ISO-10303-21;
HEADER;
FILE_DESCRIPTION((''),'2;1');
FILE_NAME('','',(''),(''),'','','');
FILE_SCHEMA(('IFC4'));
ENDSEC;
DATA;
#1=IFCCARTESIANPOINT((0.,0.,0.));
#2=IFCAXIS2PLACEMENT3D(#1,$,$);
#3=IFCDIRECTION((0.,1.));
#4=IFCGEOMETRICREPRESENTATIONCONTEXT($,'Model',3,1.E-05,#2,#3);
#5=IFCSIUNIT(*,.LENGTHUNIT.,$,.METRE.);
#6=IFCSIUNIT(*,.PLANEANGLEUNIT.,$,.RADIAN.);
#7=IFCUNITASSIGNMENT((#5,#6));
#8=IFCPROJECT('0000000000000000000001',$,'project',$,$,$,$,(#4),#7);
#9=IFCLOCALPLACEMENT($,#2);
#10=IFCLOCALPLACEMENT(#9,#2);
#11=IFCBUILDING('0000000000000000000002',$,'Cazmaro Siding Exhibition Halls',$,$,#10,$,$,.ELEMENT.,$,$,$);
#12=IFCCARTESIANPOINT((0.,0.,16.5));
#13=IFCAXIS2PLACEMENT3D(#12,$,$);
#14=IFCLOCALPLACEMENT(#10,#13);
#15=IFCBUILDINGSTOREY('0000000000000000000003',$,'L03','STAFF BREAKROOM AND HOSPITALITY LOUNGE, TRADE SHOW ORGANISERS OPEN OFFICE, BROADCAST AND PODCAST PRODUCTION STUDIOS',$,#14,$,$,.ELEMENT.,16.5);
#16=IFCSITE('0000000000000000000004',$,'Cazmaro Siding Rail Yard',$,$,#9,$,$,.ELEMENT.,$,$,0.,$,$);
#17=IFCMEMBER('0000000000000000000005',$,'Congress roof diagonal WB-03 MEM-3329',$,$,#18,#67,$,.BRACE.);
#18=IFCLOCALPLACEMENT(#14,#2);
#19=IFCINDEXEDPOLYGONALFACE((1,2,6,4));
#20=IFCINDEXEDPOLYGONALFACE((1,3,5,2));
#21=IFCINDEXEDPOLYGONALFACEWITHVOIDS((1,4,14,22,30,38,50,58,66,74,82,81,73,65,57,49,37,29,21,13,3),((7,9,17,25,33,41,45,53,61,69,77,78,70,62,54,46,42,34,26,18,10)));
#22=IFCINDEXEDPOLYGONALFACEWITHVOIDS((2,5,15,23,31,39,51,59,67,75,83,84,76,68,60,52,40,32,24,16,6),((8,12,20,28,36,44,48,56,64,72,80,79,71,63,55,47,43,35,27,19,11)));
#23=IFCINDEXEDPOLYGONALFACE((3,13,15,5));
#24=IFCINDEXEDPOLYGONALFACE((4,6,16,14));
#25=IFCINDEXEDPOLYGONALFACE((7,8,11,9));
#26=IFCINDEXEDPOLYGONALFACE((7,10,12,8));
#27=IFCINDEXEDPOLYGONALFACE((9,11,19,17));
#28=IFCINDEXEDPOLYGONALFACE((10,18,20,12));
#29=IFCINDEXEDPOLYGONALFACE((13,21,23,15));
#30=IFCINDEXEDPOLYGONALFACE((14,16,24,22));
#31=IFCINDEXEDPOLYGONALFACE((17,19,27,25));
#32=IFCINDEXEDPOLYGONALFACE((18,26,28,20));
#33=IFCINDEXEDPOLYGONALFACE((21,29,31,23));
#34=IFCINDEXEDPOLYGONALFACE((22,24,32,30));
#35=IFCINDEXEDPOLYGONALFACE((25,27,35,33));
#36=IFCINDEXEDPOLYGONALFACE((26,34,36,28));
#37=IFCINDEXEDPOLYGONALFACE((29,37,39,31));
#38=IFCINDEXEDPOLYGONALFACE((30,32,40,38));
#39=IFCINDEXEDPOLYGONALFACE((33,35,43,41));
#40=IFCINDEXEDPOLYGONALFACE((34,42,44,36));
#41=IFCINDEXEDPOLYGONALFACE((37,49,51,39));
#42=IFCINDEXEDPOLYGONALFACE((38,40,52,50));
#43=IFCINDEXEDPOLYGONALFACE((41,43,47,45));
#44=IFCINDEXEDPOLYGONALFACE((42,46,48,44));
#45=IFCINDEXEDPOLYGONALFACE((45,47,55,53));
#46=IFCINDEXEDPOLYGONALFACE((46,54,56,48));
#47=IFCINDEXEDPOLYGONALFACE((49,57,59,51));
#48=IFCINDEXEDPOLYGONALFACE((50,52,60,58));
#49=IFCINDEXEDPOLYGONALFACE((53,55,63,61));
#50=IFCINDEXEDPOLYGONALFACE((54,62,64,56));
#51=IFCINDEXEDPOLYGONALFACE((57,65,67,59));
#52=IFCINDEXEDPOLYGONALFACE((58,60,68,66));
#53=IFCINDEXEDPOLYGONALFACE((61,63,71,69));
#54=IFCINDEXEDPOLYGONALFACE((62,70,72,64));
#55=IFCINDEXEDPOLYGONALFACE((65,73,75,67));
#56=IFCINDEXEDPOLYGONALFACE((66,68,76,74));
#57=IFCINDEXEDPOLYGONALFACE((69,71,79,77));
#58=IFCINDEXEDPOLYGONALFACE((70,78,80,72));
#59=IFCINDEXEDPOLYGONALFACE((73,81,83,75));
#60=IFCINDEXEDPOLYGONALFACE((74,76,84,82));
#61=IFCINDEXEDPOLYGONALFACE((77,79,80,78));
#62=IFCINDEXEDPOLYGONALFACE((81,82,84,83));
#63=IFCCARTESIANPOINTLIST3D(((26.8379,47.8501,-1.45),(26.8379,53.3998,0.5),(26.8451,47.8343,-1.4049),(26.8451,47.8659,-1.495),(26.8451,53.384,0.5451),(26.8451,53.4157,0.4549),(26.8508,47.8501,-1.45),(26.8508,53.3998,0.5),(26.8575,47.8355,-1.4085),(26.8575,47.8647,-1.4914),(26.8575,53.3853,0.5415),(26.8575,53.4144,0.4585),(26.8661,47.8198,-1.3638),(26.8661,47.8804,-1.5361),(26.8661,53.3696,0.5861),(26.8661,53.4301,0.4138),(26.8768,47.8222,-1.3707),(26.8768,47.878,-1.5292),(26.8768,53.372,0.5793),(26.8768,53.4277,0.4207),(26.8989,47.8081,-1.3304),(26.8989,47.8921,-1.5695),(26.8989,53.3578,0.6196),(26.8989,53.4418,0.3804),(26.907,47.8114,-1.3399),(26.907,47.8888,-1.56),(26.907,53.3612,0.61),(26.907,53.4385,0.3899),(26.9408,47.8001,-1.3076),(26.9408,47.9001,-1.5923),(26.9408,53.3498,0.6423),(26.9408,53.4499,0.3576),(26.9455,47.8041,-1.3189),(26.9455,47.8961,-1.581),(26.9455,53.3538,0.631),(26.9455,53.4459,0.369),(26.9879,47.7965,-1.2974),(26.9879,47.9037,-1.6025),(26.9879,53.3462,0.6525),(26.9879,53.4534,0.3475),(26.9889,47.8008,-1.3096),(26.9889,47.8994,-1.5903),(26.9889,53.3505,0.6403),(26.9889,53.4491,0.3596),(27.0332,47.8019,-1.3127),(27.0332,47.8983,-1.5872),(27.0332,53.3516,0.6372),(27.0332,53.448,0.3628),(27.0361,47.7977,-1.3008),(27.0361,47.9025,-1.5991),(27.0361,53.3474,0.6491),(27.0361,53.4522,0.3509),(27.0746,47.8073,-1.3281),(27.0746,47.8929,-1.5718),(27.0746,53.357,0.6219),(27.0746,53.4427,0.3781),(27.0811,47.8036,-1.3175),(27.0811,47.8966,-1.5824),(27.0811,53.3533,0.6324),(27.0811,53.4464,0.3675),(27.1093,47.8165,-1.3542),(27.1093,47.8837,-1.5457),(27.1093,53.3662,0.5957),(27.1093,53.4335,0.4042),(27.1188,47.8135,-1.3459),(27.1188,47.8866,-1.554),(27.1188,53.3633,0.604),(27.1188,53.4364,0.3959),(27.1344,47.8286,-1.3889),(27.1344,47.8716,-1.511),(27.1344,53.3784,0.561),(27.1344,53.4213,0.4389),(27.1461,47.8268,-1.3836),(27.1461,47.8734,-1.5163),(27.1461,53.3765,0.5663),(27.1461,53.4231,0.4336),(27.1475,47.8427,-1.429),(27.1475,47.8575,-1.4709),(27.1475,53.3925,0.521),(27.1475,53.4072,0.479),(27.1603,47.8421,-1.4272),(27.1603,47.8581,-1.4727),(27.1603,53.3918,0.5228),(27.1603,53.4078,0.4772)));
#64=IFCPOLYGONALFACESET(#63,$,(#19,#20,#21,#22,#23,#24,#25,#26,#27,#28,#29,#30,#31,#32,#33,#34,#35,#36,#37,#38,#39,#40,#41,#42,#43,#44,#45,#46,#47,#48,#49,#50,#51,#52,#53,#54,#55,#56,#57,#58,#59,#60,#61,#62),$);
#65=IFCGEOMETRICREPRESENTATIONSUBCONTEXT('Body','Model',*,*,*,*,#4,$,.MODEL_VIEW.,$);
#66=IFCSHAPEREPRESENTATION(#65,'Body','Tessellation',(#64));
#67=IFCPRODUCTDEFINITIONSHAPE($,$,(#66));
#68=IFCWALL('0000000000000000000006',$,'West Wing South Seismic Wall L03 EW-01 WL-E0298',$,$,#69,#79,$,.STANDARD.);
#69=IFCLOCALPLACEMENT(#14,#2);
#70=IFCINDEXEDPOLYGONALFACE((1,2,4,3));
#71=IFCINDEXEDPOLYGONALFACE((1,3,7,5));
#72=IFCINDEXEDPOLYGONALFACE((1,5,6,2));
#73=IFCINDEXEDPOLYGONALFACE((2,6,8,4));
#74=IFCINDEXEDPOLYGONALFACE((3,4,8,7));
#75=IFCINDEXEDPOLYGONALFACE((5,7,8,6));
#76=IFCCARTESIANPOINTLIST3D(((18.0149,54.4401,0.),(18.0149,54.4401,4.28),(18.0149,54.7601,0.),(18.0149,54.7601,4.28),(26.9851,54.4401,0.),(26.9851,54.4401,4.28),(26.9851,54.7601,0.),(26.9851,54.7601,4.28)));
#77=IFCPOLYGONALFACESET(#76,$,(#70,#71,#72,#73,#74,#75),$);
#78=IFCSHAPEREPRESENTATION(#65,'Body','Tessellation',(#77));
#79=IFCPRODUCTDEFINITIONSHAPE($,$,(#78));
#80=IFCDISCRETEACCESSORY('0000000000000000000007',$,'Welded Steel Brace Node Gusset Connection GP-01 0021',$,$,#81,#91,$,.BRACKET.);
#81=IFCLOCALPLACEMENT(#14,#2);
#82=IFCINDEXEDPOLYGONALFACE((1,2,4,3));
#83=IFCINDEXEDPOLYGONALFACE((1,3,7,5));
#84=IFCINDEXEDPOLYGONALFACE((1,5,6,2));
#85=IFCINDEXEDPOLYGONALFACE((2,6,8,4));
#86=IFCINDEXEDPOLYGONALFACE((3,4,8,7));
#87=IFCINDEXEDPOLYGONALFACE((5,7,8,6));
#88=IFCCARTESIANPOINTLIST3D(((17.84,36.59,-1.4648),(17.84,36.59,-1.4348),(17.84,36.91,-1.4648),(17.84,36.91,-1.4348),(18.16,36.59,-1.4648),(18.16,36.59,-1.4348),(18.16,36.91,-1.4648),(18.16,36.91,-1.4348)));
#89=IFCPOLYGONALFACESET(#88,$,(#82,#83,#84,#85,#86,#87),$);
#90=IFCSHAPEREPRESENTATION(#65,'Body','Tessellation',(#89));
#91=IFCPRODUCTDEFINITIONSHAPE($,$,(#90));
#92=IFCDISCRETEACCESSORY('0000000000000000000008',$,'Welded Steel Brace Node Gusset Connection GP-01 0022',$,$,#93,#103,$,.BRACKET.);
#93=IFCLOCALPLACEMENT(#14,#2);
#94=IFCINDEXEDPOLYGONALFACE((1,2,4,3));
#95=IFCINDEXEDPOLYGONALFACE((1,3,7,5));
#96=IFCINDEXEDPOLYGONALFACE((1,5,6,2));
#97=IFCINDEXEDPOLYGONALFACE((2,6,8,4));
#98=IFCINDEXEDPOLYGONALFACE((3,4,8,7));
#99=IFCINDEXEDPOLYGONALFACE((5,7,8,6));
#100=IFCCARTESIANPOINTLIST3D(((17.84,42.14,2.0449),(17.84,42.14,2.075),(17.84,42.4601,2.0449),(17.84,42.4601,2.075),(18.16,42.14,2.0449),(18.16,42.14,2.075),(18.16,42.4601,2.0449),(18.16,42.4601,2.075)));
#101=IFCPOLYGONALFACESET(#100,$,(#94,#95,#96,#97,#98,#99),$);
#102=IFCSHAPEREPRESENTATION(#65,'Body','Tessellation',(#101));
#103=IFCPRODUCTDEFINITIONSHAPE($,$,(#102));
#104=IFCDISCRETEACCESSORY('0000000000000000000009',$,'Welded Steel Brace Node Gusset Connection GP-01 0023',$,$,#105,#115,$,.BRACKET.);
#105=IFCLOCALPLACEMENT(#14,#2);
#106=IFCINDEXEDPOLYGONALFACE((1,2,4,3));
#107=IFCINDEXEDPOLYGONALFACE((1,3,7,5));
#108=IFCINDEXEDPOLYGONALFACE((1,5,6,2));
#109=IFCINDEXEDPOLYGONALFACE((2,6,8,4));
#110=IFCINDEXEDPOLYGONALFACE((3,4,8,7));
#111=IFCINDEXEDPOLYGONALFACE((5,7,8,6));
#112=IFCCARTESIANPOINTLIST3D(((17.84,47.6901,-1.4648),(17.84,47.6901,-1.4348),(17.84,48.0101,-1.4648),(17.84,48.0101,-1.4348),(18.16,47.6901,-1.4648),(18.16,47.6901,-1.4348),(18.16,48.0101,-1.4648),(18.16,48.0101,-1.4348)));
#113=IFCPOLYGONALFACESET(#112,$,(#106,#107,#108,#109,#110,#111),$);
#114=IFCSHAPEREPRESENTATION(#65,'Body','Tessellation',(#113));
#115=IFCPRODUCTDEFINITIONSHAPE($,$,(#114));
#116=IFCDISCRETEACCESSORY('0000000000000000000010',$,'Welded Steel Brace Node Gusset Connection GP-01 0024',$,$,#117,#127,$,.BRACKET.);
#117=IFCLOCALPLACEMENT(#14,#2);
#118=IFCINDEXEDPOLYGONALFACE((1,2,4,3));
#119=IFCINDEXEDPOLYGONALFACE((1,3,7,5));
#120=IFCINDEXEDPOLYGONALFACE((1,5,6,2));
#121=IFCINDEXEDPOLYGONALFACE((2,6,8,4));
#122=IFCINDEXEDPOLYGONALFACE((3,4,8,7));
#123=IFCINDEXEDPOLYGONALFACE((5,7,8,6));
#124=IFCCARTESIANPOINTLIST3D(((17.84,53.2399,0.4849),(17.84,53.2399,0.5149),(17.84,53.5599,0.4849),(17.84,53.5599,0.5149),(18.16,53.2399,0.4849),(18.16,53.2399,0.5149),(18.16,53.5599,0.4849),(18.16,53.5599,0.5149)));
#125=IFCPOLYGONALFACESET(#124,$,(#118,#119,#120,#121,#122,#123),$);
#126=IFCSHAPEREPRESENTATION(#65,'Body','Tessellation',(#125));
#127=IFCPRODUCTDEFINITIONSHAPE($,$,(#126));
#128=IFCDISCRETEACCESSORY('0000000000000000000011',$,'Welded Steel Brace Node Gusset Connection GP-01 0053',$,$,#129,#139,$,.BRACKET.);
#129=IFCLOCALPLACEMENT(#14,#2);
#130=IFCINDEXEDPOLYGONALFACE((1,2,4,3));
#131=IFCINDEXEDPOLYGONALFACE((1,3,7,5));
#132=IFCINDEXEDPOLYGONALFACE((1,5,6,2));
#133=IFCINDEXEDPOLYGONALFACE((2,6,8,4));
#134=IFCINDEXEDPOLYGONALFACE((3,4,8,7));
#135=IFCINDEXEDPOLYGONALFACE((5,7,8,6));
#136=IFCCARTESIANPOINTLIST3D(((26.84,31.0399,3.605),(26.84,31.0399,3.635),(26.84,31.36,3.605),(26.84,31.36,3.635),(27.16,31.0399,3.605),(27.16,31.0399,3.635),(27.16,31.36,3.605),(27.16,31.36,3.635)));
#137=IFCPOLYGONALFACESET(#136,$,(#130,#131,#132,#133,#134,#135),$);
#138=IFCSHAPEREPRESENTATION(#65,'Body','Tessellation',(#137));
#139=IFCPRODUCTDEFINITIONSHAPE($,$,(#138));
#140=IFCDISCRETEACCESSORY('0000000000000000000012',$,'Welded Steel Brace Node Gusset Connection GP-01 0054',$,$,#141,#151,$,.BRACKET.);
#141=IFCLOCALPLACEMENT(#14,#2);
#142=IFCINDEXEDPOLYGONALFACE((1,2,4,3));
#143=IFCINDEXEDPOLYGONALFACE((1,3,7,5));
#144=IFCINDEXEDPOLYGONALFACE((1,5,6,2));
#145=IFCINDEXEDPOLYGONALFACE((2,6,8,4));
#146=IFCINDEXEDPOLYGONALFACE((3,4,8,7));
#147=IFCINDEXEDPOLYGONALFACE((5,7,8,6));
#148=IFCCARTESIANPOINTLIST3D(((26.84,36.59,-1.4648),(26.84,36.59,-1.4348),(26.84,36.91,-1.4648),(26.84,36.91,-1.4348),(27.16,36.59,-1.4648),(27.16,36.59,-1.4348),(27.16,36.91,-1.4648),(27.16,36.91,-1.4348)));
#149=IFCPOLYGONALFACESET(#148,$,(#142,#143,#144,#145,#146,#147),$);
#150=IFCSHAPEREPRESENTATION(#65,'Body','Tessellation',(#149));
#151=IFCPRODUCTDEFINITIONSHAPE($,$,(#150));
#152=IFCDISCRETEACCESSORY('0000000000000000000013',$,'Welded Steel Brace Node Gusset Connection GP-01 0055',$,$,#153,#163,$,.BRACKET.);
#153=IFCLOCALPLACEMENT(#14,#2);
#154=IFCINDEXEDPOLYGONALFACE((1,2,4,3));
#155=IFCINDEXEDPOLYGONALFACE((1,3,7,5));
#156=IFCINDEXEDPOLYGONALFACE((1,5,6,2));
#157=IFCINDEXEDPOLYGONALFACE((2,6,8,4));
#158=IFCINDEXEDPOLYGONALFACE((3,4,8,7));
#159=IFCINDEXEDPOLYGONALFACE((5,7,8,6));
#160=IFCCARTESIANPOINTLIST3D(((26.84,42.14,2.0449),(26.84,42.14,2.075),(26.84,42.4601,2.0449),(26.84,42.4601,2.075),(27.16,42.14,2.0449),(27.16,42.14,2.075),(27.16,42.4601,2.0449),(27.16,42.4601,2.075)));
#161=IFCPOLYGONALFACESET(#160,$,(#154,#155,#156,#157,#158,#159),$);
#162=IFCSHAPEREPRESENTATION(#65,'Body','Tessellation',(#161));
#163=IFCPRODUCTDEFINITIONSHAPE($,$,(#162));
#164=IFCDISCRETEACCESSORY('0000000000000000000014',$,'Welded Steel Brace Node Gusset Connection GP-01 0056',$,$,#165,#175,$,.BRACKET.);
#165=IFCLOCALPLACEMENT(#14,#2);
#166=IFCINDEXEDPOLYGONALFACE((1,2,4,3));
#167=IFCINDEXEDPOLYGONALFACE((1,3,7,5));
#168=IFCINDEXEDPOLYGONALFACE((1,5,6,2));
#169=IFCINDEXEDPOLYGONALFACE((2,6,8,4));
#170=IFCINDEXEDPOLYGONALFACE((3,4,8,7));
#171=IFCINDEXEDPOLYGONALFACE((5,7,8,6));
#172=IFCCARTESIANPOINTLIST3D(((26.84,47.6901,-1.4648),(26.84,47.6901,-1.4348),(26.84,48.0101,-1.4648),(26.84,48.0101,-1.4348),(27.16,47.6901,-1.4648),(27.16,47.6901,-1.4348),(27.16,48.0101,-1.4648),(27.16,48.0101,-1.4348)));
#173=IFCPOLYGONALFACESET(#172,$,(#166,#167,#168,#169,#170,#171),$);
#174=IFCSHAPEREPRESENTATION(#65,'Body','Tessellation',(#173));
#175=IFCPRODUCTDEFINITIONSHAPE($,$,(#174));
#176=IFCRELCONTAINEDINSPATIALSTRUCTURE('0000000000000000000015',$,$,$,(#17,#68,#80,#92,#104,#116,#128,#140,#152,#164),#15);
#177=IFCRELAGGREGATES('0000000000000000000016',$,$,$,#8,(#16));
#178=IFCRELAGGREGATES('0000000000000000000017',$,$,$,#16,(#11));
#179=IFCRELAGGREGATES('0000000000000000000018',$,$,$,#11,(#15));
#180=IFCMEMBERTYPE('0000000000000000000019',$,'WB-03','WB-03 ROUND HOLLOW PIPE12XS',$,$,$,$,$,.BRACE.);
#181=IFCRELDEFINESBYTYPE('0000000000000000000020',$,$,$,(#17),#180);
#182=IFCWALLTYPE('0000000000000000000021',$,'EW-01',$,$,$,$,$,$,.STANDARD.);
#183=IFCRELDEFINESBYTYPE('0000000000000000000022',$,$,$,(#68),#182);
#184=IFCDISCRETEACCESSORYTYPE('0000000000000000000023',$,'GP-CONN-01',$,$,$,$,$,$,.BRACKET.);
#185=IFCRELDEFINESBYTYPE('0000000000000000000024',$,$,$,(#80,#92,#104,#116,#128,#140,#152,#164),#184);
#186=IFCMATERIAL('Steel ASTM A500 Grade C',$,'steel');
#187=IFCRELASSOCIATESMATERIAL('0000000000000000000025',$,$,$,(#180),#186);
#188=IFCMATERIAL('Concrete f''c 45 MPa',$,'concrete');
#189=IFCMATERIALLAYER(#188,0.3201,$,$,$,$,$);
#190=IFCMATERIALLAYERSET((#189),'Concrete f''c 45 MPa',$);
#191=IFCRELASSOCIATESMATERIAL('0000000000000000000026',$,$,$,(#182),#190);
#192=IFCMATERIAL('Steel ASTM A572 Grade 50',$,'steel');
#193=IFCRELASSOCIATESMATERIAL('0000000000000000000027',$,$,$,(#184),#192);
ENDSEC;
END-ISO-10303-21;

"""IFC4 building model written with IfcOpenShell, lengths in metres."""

from ifc_helpers import new_model, si_unit, direction, frame, frame_2d, origin, origin_2d, place, context, subcontext, project, spatial, rectangle, hollow_circle, extrude, material, layer, layer_set, material_profile, profile_set, type_object, element, save


model = new_model("IFC4")

# Units and contexts
model_context = context("Model", 3, precision=1e-05, world=origin(), true_north=direction((0.0, 1.0)))
body_context = subcontext(model_context, "Body", "Model", "MODEL_VIEW")
ifc_project = project(units=[si_unit("LENGTHUNIT", "METRE"), si_unit("PLANEANGLEUNIT", "RADIAN")], contexts=[model_context])

# Site, building, storey
site_placement = place(None, origin())
site = spatial("IfcSite", under=ifc_project, at=site_placement, Name="Cazmaro Siding Rail Yard", CompositionType="ELEMENT", RefElevation=0.0)
building_placement = place(site_placement, origin())
building = spatial("IfcBuilding", under=site, at=building_placement, Name="Cazmaro Siding Exhibition Halls", CompositionType="ELEMENT")
storey_placement = place(building_placement, frame((0.0, 0.0, 16.5)))
storey = spatial("IfcBuildingStorey", under=building, at=storey_placement, Name="L03", Description="STAFF BREAKROOM AND HOSPITALITY LOUNGE, TRADE SHOW ORGANISERS OPEN OFFICE, BROADCAST AND PODCAST PRODUCTION STUDIOS", CompositionType="ELEMENT", Elevation=16.5)

# Member
ifc_material_1 = material(Name="Steel ASTM A500 Grade C", Category="steel")
ifc_material_profile_1 = material_profile(ifc_material_1, hollow_circle(Radius=0.1621, WallThickness=0.0129, at=origin_2d()), Name="PIPE12XS")
ifc_profile_set_1 = profile_set([ifc_material_profile_1], Name="Steel ASTM A500 Grade C")
member_type_1 = type_object("IfcMemberType", Name="WB-03", Description="WB-03 ROUND HOLLOW PIPE12XS", PredefinedType="BRACE", material=ifc_profile_set_1)
member_1_placement = place(storey_placement, frame((27.0, 47.8501, -1.45), z_axis=(0.0, 0.943459, 0.331489), x_axis=(-1.0, 0.0, 0.0)))
element("IfcMember", 1, at=member_1_placement, inside=storey, type_object=member_type_1, Name="Congress roof diagonal WB-03 MEM-3329", PredefinedType="BRACE", context=body_context, shape_type="SweptSolid", body=[
    extrude(hollow_circle(Radius=0.1621, WallThickness=0.0129, at=origin_2d()), origin(), (0.0, 0.0, 1.0), 5.8823),
])

# Wall
ifc_material_2 = material(Name="Concrete f'c 45 MPa", Category="concrete")
ifc_layer = layer(ifc_material_2, 0.3201)
ifc_layer_set = layer_set([ifc_layer], Name="Concrete f'c 45 MPa")
wall_type = type_object("IfcWallType", Name="EW-01", PredefinedType="STANDARD", material=ifc_layer_set)
wall_placement = place(storey_placement, frame((26.9851, 54.6001, 0.0), z_axis=(0.0, 0.0, 1.0), x_axis=(-1.0, 0.0, 0.0)))
element("IfcWall", 2, at=wall_placement, inside=storey, type_object=wall_type, Name="West Wing South Seismic Wall L03 EW-01 WL-E0298", PredefinedType="STANDARD", context=body_context, shape_type="SweptSolid", body=[
    extrude(rectangle(XDim=8.9702, YDim=0.3201, at=frame_2d((4.4851, 0.0))), origin(), (0.0, 0.0, 1.0), 4.28),
])

# Discrete accessories
ifc_material_3 = material(Name="Steel ASTM A572 Grade 50", Category="steel")
discrete_accessory_type = type_object("IfcDiscreteAccessoryType", Name="GP-CONN-01", PredefinedType="BRACKET", material=ifc_material_3)
for number, where, z_axis, x_axis, name in (
    (3, (18.0, 36.75, -1.4648), (0.0, 0.0, 1.0), (1.0, 0.0, 0.0), "Welded Steel Brace Node Gusset Connection GP-01 0021"),
    (4, (18.0, 42.3, 2.0449), (0.0, 0.0, 1.0), (1.0, 0.0, 0.0), "Welded Steel Brace Node Gusset Connection GP-01 0022"),
    (5, (18.0, 47.8501, -1.4648), (0.0, 0.0, 1.0), (1.0, 0.0, 0.0), "Welded Steel Brace Node Gusset Connection GP-01 0023"),
    (6, (18.0, 53.3999, 0.4849), (0.0, 0.0, 1.0), (1.0, 0.0, 0.0), "Welded Steel Brace Node Gusset Connection GP-01 0024"),
    (7, (27.0, 31.2, 3.605), (0.0, 0.0, 1.0), (1.0, 0.0, 0.0), "Welded Steel Brace Node Gusset Connection GP-01 0053"),
    (8, (27.0, 36.75, -1.4648), (0.0, 0.0, 1.0), (1.0, 0.0, 0.0), "Welded Steel Brace Node Gusset Connection GP-01 0054"),
    (9, (27.0, 42.3, 2.0449), (0.0, 0.0, 1.0), (1.0, 0.0, 0.0), "Welded Steel Brace Node Gusset Connection GP-01 0055"),
    (10, (27.0, 47.8501, -1.4648), (0.0, 0.0, 1.0), (1.0, 0.0, 0.0), "Welded Steel Brace Node Gusset Connection GP-01 0056"),
):
    element("IfcDiscreteAccessory", number, at=place(storey_placement, frame(where, z_axis=z_axis, x_axis=x_axis)), inside=storey, type_object=discrete_accessory_type, Name=name, PredefinedType="BRACKET", context=body_context, shape_type="SweptSolid", body=[
        extrude(rectangle(XDim=0.3201, YDim=0.3201, at=origin_2d()), origin(), (0.0, 0.0, 1.0), 0.03),
    ])

save(model, "model.ifc")
